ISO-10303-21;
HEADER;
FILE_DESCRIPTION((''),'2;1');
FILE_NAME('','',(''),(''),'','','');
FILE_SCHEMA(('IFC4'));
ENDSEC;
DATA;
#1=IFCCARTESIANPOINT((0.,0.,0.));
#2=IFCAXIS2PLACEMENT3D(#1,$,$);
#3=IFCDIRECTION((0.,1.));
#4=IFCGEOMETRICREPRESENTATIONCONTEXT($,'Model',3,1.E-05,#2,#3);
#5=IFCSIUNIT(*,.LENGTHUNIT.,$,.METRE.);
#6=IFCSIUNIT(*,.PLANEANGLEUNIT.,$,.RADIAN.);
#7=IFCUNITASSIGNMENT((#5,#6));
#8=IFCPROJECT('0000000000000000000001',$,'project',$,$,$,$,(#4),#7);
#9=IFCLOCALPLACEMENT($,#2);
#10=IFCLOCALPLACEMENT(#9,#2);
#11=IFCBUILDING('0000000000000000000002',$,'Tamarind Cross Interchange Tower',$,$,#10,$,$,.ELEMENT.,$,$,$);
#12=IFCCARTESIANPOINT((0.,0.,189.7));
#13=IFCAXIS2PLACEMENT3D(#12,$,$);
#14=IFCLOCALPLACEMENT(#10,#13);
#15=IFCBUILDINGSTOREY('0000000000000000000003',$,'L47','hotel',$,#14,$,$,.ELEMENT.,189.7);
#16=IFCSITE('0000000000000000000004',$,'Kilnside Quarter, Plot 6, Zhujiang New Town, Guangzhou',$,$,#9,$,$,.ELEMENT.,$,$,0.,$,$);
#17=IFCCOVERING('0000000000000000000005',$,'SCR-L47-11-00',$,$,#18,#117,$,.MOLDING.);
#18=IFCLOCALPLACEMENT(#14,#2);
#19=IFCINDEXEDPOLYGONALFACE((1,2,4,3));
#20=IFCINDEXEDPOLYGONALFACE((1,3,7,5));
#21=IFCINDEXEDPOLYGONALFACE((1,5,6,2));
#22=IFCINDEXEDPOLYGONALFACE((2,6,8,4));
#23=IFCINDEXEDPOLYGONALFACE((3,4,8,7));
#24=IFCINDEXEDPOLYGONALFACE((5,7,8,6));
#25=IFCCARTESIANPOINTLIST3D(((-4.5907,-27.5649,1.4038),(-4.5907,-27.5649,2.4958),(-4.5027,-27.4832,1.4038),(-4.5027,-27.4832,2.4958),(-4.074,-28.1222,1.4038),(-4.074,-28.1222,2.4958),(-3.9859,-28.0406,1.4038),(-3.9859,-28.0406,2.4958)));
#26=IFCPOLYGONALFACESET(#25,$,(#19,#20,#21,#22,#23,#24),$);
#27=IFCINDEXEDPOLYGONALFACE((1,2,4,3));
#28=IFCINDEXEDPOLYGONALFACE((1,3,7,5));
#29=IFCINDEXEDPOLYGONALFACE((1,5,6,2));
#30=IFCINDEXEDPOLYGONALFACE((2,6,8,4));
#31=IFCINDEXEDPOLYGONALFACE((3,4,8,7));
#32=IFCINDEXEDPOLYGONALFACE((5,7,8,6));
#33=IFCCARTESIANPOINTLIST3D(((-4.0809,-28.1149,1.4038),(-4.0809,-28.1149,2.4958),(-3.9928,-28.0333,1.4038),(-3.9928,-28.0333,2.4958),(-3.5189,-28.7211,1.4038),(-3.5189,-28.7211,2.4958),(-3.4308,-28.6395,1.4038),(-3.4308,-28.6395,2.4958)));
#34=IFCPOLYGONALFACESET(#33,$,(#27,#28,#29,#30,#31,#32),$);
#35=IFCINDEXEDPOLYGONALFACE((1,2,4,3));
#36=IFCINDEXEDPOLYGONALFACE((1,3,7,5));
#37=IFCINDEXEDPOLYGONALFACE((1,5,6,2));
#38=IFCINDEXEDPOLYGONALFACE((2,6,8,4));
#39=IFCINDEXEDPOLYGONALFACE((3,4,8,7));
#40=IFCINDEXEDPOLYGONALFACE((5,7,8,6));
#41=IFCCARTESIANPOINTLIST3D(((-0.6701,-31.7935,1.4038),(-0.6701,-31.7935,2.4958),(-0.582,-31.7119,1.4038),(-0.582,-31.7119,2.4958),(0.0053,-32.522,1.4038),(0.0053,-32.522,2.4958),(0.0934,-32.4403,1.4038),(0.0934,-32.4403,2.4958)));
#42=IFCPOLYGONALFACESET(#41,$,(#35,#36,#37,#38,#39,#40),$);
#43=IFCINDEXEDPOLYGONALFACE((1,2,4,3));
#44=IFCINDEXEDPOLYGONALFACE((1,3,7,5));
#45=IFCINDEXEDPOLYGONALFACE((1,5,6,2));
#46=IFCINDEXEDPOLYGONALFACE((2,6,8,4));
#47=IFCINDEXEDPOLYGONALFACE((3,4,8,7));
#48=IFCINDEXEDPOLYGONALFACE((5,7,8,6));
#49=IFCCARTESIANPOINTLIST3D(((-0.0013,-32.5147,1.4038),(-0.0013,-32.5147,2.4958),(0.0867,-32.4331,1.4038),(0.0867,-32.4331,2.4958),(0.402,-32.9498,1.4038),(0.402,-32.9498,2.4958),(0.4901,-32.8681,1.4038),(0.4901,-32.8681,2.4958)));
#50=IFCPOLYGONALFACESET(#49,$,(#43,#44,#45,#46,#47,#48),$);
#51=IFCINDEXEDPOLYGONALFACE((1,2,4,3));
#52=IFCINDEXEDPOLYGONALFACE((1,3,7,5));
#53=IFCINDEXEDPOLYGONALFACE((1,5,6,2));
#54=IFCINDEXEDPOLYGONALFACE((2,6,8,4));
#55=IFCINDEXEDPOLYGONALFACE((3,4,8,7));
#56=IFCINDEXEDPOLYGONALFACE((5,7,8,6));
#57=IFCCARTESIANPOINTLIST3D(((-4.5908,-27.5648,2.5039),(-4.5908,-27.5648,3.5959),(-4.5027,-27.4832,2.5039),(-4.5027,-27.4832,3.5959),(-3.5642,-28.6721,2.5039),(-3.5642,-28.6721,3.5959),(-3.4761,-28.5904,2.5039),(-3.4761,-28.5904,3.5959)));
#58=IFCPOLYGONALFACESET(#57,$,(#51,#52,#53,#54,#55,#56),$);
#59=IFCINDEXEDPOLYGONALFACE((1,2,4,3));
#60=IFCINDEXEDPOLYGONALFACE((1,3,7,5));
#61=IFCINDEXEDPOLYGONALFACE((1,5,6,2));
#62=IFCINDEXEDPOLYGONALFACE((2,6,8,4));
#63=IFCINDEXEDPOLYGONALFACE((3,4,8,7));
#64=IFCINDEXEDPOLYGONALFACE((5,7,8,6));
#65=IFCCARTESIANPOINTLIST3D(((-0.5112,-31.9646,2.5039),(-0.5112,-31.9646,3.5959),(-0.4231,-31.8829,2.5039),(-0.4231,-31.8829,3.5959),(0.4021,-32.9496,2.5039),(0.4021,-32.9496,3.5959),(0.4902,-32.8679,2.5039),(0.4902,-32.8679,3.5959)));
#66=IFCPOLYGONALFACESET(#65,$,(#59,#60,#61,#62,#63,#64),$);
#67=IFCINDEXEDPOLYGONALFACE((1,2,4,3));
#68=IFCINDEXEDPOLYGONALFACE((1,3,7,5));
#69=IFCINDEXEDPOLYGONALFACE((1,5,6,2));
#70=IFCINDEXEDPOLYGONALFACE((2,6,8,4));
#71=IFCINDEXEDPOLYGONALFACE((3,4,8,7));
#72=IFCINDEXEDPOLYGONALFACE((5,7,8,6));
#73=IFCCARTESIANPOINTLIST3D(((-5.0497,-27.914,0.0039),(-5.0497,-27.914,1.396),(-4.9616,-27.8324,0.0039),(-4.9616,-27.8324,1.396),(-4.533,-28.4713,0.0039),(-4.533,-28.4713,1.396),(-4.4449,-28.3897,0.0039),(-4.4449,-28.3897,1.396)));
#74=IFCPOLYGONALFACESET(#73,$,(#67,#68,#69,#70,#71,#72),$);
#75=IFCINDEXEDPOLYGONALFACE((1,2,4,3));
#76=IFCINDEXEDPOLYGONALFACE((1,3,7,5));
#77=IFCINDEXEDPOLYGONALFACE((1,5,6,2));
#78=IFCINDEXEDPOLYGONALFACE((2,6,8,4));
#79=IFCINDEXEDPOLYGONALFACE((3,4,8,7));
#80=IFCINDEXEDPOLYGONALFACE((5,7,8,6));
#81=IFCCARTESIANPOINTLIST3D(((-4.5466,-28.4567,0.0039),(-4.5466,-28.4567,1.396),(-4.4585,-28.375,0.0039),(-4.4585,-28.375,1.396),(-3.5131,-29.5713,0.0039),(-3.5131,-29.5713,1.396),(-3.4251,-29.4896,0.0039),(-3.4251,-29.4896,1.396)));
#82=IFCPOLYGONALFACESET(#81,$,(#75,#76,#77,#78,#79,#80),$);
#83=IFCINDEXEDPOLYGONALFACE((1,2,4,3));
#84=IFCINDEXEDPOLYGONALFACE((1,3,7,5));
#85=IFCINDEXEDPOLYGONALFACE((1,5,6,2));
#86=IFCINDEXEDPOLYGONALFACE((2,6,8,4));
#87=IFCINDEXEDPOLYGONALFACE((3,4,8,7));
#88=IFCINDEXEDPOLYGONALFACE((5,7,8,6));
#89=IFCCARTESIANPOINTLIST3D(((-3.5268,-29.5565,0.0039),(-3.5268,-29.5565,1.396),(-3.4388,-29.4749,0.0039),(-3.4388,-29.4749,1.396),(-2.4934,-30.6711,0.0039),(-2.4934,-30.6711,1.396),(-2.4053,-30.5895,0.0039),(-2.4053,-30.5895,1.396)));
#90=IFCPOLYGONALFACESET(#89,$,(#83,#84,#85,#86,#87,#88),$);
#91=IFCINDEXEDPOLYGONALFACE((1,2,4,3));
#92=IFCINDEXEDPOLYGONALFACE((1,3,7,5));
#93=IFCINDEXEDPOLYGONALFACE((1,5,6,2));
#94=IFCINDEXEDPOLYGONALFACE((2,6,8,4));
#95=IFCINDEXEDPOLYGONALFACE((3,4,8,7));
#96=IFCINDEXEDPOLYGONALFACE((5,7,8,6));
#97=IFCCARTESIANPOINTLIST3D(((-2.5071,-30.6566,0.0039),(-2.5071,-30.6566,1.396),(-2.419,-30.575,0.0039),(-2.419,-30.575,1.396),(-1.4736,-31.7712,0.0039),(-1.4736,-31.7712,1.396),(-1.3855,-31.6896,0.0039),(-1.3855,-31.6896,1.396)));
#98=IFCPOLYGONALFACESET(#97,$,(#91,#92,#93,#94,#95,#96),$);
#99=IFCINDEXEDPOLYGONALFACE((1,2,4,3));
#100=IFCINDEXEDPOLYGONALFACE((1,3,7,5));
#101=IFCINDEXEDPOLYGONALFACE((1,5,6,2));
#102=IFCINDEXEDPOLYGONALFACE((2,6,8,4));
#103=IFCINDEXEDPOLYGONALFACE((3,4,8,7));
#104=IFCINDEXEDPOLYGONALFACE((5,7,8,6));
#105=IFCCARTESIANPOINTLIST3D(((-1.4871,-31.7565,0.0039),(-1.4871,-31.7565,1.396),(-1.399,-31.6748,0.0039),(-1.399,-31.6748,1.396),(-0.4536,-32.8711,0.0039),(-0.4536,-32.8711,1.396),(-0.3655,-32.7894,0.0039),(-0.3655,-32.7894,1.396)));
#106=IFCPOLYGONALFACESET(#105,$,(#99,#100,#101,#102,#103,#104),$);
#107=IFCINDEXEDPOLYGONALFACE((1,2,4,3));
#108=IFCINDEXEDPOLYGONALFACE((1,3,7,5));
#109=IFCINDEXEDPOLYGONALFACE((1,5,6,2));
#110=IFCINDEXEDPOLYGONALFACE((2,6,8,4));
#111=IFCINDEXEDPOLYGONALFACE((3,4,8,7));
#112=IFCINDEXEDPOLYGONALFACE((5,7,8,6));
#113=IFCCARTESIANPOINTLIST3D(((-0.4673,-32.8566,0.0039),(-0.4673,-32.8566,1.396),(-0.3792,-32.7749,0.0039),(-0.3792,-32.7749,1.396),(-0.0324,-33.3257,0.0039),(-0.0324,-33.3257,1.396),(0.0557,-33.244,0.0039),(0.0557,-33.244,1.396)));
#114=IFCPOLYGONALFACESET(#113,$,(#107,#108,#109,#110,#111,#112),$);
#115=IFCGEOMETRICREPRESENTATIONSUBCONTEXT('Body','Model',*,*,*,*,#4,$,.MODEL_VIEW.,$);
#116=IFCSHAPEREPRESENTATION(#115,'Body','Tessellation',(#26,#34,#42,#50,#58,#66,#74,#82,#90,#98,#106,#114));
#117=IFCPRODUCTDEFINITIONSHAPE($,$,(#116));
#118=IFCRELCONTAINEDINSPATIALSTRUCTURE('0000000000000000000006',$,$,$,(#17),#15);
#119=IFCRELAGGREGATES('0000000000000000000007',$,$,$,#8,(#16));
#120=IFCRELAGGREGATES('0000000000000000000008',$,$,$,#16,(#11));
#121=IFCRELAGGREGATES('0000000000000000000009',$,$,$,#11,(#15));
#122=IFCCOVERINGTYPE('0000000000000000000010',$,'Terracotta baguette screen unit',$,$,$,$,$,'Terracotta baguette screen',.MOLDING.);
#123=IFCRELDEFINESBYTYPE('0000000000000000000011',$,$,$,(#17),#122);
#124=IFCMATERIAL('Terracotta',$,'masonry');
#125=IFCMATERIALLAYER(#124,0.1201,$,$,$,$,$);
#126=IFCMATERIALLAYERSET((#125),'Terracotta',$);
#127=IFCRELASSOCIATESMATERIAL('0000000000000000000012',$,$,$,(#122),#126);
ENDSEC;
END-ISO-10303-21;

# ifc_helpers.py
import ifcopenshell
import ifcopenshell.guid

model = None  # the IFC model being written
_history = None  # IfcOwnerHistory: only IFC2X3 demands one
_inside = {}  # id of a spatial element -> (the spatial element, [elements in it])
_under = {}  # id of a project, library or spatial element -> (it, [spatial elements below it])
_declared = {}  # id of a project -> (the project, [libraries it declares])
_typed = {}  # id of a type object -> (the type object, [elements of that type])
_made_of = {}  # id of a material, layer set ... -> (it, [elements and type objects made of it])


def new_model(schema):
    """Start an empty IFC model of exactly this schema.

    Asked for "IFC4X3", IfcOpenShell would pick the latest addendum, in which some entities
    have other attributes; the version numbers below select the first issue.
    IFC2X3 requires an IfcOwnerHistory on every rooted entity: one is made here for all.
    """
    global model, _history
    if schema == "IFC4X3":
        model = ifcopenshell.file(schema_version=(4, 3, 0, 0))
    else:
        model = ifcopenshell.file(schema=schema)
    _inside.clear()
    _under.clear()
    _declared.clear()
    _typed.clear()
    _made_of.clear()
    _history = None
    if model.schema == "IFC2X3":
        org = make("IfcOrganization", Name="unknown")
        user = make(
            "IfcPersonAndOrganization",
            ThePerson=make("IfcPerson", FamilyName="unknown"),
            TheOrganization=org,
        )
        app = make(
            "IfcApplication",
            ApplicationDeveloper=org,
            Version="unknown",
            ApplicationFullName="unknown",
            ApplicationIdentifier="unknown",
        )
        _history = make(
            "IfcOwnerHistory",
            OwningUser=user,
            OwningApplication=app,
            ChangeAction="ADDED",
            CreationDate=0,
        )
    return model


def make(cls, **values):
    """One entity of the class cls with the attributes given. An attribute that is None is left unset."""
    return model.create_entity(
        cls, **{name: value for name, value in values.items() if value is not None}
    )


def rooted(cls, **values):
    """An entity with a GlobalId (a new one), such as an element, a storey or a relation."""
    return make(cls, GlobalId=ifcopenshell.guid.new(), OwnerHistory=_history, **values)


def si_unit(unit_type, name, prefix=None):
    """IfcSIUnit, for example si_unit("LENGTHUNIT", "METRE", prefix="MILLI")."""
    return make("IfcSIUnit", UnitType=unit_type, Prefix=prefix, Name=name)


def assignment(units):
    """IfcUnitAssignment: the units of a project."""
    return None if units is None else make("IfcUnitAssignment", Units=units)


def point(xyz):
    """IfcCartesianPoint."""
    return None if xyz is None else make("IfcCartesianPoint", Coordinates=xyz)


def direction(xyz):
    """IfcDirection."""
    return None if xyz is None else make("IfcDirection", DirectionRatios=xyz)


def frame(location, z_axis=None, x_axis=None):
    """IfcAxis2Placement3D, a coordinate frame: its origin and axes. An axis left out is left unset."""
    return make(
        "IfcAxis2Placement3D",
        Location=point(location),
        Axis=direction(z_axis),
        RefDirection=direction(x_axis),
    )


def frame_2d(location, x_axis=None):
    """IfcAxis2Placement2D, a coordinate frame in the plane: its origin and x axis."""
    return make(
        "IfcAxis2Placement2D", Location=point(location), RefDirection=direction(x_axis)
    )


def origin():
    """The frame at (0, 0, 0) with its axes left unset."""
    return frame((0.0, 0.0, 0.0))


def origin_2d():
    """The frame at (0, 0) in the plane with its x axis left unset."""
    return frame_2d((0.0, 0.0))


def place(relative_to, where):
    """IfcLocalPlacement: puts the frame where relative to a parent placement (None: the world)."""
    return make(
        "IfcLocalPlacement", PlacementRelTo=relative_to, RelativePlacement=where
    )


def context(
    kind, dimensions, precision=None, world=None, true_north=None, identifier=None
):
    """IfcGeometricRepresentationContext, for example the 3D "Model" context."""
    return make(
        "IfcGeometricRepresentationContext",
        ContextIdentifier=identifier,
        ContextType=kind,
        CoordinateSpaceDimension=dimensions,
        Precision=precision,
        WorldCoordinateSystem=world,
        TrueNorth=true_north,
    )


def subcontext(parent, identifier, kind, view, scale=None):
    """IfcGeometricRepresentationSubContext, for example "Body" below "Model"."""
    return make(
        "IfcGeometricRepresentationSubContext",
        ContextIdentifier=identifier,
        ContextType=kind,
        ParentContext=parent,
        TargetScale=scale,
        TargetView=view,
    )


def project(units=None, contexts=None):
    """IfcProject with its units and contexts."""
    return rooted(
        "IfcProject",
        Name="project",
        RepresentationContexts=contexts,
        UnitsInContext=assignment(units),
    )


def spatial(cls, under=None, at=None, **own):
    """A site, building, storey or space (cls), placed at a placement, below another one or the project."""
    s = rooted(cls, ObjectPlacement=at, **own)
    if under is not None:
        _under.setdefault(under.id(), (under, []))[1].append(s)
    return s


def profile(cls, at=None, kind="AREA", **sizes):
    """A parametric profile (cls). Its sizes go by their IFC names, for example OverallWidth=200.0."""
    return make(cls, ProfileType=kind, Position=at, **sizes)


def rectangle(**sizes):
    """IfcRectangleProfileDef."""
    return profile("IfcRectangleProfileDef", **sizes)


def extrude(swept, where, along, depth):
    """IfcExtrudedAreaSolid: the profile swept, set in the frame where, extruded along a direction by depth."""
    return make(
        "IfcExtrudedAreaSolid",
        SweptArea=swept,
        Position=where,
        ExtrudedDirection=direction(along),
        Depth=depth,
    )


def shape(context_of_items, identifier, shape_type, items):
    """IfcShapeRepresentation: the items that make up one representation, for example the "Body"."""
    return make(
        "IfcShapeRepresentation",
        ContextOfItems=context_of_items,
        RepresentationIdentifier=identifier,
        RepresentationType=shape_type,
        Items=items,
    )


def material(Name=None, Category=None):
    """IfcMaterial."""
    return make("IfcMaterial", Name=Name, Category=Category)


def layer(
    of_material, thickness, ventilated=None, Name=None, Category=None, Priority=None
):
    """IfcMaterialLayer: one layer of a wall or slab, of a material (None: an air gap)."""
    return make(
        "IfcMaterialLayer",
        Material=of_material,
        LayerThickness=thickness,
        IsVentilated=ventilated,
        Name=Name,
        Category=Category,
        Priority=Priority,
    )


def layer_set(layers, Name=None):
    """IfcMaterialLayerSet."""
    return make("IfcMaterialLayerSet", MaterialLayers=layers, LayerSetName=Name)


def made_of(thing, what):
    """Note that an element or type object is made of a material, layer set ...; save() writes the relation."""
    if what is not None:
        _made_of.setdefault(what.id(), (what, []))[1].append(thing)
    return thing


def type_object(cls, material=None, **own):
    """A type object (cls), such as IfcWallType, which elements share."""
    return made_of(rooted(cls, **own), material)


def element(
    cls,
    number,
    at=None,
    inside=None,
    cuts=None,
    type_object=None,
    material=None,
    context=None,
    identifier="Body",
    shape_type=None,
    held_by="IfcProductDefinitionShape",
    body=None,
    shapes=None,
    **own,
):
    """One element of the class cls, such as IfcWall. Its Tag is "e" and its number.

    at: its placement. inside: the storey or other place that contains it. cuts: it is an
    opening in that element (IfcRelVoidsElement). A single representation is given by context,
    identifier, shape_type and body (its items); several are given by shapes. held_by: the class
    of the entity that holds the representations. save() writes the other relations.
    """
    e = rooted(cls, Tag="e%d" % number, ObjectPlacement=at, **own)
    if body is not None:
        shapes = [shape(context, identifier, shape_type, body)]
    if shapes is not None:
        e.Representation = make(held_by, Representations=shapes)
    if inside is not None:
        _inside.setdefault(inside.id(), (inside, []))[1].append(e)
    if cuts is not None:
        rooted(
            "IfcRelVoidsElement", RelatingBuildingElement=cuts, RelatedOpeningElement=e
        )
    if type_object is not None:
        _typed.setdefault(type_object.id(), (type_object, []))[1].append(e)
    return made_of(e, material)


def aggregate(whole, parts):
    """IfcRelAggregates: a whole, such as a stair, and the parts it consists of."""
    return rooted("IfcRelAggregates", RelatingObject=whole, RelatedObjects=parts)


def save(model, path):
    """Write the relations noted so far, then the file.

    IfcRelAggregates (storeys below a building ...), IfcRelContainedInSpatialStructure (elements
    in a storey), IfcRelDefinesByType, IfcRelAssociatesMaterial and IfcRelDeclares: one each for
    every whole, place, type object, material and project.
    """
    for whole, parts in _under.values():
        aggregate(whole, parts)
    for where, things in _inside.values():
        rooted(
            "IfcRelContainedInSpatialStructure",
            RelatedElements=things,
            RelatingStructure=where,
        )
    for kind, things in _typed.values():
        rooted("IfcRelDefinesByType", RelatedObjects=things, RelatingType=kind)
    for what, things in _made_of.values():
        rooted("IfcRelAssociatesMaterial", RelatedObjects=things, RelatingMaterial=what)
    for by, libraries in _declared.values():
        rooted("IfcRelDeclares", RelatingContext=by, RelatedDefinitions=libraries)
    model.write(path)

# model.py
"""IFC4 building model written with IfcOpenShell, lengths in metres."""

from ifc_helpers import new_model, si_unit, direction, frame, origin, origin_2d, place, context, subcontext, project, spatial, rectangle, extrude, material, layer, layer_set, type_object, element, save


model = new_model("IFC4")

# Units and contexts
model_context = context("Model", 3, precision=1e-05, world=origin(), true_north=direction((0.0, 1.0)))
body_context = subcontext(model_context, "Body", "Model", "MODEL_VIEW")
ifc_project = project(units=[si_unit("LENGTHUNIT", "METRE"), si_unit("PLANEANGLEUNIT", "RADIAN")], contexts=[model_context])

# Site, building, storey
site_placement = place(None, origin())
site = spatial("IfcSite", under=ifc_project, at=site_placement, Name="Kilnside Quarter, Plot 6, Zhujiang New Town, Guangzhou", CompositionType="ELEMENT", RefElevation=0.0)
building_placement = place(site_placement, origin())
building = spatial("IfcBuilding", under=site, at=building_placement, Name="Tamarind Cross Interchange Tower", CompositionType="ELEMENT")
storey_placement = place(building_placement, frame((0.0, 0.0, 189.7)))
storey = spatial("IfcBuildingStorey", under=building, at=storey_placement, Name="L47", Description="hotel", CompositionType="ELEMENT", Elevation=189.7)

# Covering
ifc_material_1 = material(Name="Terracotta", Category="masonry")
ifc_layer_1 = layer(ifc_material_1, 0.1201)
ifc_layer_set_1 = layer_set([ifc_layer_1], Name="Terracotta")
covering_type = type_object("IfcCoveringType", Name="Terracotta baguette screen unit", ElementType="Terracotta baguette screen", PredefinedType="MOLDING", material=ifc_layer_set_1)
covering_1_placement = place(storey_placement, origin())
element("IfcCovering", 1, at=covering_1_placement, inside=storey, type_object=covering_type, Name="SCR-L47-11-00", PredefinedType="MOLDING", context=body_context, shape_type="SweptSolid", body=[
    extrude(rectangle(XDim=0.76, YDim=0.1201, at=origin_2d()), frame((-4.2883, -27.8027, 1.4038), z_axis=(0.0, 0.0, 1.0), x_axis=(0.679912, -0.733293, 0.0)), (0.0, 0.0, 1.0), 1.092),
    extrude(rectangle(XDim=0.8267, YDim=0.1201, at=origin_2d()), frame((-3.7559, -28.3772, 1.4038), z_axis=(0.0, 0.0, 1.0), x_axis=(0.679912, -0.733293, 0.0)), (0.0, 0.0, 1.0), 1.092),
    extrude(rectangle(XDim=0.9934, YDim=0.1201, at=origin_2d()), frame((-0.2883, -32.1169, 1.4038), z_axis=(0.0, 0.0, 1.0), x_axis=(0.679912, -0.733293, 0.0)), (0.0, 0.0, 1.0), 1.092),
    extrude(rectangle(XDim=0.5933, YDim=0.1201, at=origin_2d()), frame((0.2444, -32.6914, 1.4038), z_axis=(0.0, 0.0, 1.0), x_axis=(0.679912, -0.733293, 0.0)), (0.0, 0.0, 1.0), 1.092),
    extrude(rectangle(XDim=1.51, YDim=0.1201, at=origin_2d()), frame((-4.0334, -28.0776, 2.5039), z_axis=(0.0, 0.0, 1.0), x_axis=(0.679912, -0.733293, 0.0)), (0.0, 0.0, 1.0), 1.092),
    extrude(rectangle(XDim=1.3433, YDim=0.1201, at=origin_2d()), frame((-0.0105, -32.4163, 2.5039), z_axis=(0.0, 0.0, 1.0), x_axis=(0.679912, -0.733293, 0.0)), (0.0, 0.0, 1.0), 1.092),
    extrude(rectangle(XDim=0.76, YDim=0.1201, at=origin_2d()), frame((-4.7473, -28.1519, 0.0039), z_axis=(0.0, 0.0, 1.0), x_axis=(0.679912, -0.733293, 0.0)), (0.0, 0.0, 1.0), 1.3921),
    extrude(rectangle(XDim=1.52, YDim=0.1201, at=origin_2d()), frame((-3.9858, -28.9731, 0.0039), z_axis=(0.0, 0.0, 1.0), x_axis=(0.679912, -0.733293, 0.0)), (0.0, 0.0, 1.0), 1.3921),
    extrude(rectangle(XDim=1.52, YDim=0.1201, at=origin_2d()), frame((-2.9661, -30.073, 0.0039), z_axis=(0.0, 0.0, 1.0), x_axis=(0.679912, -0.733293, 0.0)), (0.0, 0.0, 1.0), 1.3921),
    extrude(rectangle(XDim=1.52, YDim=0.1201, at=origin_2d()), frame((-1.9463, -31.1731, 0.0039), z_axis=(0.0, 0.0, 1.0), x_axis=(0.679912, -0.733293, 0.0)), (0.0, 0.0, 1.0), 1.3921),
    extrude(rectangle(XDim=1.52, YDim=0.1201, at=origin_2d()), frame((-0.9263, -32.2729, 0.0039), z_axis=(0.0, 0.0, 1.0), x_axis=(0.679912, -0.733293, 0.0)), (0.0, 0.0, 1.0), 1.3921),
    extrude(rectangle(XDim=0.6396, YDim=0.1201, at=origin_2d()), frame((-0.2058, -33.0503, 0.0039), z_axis=(0.0, 0.0, 1.0), x_axis=(0.679912, -0.733293, 0.0)), (0.0, 0.0, 1.0), 1.3921),
])

save(model, "model.ifc")
